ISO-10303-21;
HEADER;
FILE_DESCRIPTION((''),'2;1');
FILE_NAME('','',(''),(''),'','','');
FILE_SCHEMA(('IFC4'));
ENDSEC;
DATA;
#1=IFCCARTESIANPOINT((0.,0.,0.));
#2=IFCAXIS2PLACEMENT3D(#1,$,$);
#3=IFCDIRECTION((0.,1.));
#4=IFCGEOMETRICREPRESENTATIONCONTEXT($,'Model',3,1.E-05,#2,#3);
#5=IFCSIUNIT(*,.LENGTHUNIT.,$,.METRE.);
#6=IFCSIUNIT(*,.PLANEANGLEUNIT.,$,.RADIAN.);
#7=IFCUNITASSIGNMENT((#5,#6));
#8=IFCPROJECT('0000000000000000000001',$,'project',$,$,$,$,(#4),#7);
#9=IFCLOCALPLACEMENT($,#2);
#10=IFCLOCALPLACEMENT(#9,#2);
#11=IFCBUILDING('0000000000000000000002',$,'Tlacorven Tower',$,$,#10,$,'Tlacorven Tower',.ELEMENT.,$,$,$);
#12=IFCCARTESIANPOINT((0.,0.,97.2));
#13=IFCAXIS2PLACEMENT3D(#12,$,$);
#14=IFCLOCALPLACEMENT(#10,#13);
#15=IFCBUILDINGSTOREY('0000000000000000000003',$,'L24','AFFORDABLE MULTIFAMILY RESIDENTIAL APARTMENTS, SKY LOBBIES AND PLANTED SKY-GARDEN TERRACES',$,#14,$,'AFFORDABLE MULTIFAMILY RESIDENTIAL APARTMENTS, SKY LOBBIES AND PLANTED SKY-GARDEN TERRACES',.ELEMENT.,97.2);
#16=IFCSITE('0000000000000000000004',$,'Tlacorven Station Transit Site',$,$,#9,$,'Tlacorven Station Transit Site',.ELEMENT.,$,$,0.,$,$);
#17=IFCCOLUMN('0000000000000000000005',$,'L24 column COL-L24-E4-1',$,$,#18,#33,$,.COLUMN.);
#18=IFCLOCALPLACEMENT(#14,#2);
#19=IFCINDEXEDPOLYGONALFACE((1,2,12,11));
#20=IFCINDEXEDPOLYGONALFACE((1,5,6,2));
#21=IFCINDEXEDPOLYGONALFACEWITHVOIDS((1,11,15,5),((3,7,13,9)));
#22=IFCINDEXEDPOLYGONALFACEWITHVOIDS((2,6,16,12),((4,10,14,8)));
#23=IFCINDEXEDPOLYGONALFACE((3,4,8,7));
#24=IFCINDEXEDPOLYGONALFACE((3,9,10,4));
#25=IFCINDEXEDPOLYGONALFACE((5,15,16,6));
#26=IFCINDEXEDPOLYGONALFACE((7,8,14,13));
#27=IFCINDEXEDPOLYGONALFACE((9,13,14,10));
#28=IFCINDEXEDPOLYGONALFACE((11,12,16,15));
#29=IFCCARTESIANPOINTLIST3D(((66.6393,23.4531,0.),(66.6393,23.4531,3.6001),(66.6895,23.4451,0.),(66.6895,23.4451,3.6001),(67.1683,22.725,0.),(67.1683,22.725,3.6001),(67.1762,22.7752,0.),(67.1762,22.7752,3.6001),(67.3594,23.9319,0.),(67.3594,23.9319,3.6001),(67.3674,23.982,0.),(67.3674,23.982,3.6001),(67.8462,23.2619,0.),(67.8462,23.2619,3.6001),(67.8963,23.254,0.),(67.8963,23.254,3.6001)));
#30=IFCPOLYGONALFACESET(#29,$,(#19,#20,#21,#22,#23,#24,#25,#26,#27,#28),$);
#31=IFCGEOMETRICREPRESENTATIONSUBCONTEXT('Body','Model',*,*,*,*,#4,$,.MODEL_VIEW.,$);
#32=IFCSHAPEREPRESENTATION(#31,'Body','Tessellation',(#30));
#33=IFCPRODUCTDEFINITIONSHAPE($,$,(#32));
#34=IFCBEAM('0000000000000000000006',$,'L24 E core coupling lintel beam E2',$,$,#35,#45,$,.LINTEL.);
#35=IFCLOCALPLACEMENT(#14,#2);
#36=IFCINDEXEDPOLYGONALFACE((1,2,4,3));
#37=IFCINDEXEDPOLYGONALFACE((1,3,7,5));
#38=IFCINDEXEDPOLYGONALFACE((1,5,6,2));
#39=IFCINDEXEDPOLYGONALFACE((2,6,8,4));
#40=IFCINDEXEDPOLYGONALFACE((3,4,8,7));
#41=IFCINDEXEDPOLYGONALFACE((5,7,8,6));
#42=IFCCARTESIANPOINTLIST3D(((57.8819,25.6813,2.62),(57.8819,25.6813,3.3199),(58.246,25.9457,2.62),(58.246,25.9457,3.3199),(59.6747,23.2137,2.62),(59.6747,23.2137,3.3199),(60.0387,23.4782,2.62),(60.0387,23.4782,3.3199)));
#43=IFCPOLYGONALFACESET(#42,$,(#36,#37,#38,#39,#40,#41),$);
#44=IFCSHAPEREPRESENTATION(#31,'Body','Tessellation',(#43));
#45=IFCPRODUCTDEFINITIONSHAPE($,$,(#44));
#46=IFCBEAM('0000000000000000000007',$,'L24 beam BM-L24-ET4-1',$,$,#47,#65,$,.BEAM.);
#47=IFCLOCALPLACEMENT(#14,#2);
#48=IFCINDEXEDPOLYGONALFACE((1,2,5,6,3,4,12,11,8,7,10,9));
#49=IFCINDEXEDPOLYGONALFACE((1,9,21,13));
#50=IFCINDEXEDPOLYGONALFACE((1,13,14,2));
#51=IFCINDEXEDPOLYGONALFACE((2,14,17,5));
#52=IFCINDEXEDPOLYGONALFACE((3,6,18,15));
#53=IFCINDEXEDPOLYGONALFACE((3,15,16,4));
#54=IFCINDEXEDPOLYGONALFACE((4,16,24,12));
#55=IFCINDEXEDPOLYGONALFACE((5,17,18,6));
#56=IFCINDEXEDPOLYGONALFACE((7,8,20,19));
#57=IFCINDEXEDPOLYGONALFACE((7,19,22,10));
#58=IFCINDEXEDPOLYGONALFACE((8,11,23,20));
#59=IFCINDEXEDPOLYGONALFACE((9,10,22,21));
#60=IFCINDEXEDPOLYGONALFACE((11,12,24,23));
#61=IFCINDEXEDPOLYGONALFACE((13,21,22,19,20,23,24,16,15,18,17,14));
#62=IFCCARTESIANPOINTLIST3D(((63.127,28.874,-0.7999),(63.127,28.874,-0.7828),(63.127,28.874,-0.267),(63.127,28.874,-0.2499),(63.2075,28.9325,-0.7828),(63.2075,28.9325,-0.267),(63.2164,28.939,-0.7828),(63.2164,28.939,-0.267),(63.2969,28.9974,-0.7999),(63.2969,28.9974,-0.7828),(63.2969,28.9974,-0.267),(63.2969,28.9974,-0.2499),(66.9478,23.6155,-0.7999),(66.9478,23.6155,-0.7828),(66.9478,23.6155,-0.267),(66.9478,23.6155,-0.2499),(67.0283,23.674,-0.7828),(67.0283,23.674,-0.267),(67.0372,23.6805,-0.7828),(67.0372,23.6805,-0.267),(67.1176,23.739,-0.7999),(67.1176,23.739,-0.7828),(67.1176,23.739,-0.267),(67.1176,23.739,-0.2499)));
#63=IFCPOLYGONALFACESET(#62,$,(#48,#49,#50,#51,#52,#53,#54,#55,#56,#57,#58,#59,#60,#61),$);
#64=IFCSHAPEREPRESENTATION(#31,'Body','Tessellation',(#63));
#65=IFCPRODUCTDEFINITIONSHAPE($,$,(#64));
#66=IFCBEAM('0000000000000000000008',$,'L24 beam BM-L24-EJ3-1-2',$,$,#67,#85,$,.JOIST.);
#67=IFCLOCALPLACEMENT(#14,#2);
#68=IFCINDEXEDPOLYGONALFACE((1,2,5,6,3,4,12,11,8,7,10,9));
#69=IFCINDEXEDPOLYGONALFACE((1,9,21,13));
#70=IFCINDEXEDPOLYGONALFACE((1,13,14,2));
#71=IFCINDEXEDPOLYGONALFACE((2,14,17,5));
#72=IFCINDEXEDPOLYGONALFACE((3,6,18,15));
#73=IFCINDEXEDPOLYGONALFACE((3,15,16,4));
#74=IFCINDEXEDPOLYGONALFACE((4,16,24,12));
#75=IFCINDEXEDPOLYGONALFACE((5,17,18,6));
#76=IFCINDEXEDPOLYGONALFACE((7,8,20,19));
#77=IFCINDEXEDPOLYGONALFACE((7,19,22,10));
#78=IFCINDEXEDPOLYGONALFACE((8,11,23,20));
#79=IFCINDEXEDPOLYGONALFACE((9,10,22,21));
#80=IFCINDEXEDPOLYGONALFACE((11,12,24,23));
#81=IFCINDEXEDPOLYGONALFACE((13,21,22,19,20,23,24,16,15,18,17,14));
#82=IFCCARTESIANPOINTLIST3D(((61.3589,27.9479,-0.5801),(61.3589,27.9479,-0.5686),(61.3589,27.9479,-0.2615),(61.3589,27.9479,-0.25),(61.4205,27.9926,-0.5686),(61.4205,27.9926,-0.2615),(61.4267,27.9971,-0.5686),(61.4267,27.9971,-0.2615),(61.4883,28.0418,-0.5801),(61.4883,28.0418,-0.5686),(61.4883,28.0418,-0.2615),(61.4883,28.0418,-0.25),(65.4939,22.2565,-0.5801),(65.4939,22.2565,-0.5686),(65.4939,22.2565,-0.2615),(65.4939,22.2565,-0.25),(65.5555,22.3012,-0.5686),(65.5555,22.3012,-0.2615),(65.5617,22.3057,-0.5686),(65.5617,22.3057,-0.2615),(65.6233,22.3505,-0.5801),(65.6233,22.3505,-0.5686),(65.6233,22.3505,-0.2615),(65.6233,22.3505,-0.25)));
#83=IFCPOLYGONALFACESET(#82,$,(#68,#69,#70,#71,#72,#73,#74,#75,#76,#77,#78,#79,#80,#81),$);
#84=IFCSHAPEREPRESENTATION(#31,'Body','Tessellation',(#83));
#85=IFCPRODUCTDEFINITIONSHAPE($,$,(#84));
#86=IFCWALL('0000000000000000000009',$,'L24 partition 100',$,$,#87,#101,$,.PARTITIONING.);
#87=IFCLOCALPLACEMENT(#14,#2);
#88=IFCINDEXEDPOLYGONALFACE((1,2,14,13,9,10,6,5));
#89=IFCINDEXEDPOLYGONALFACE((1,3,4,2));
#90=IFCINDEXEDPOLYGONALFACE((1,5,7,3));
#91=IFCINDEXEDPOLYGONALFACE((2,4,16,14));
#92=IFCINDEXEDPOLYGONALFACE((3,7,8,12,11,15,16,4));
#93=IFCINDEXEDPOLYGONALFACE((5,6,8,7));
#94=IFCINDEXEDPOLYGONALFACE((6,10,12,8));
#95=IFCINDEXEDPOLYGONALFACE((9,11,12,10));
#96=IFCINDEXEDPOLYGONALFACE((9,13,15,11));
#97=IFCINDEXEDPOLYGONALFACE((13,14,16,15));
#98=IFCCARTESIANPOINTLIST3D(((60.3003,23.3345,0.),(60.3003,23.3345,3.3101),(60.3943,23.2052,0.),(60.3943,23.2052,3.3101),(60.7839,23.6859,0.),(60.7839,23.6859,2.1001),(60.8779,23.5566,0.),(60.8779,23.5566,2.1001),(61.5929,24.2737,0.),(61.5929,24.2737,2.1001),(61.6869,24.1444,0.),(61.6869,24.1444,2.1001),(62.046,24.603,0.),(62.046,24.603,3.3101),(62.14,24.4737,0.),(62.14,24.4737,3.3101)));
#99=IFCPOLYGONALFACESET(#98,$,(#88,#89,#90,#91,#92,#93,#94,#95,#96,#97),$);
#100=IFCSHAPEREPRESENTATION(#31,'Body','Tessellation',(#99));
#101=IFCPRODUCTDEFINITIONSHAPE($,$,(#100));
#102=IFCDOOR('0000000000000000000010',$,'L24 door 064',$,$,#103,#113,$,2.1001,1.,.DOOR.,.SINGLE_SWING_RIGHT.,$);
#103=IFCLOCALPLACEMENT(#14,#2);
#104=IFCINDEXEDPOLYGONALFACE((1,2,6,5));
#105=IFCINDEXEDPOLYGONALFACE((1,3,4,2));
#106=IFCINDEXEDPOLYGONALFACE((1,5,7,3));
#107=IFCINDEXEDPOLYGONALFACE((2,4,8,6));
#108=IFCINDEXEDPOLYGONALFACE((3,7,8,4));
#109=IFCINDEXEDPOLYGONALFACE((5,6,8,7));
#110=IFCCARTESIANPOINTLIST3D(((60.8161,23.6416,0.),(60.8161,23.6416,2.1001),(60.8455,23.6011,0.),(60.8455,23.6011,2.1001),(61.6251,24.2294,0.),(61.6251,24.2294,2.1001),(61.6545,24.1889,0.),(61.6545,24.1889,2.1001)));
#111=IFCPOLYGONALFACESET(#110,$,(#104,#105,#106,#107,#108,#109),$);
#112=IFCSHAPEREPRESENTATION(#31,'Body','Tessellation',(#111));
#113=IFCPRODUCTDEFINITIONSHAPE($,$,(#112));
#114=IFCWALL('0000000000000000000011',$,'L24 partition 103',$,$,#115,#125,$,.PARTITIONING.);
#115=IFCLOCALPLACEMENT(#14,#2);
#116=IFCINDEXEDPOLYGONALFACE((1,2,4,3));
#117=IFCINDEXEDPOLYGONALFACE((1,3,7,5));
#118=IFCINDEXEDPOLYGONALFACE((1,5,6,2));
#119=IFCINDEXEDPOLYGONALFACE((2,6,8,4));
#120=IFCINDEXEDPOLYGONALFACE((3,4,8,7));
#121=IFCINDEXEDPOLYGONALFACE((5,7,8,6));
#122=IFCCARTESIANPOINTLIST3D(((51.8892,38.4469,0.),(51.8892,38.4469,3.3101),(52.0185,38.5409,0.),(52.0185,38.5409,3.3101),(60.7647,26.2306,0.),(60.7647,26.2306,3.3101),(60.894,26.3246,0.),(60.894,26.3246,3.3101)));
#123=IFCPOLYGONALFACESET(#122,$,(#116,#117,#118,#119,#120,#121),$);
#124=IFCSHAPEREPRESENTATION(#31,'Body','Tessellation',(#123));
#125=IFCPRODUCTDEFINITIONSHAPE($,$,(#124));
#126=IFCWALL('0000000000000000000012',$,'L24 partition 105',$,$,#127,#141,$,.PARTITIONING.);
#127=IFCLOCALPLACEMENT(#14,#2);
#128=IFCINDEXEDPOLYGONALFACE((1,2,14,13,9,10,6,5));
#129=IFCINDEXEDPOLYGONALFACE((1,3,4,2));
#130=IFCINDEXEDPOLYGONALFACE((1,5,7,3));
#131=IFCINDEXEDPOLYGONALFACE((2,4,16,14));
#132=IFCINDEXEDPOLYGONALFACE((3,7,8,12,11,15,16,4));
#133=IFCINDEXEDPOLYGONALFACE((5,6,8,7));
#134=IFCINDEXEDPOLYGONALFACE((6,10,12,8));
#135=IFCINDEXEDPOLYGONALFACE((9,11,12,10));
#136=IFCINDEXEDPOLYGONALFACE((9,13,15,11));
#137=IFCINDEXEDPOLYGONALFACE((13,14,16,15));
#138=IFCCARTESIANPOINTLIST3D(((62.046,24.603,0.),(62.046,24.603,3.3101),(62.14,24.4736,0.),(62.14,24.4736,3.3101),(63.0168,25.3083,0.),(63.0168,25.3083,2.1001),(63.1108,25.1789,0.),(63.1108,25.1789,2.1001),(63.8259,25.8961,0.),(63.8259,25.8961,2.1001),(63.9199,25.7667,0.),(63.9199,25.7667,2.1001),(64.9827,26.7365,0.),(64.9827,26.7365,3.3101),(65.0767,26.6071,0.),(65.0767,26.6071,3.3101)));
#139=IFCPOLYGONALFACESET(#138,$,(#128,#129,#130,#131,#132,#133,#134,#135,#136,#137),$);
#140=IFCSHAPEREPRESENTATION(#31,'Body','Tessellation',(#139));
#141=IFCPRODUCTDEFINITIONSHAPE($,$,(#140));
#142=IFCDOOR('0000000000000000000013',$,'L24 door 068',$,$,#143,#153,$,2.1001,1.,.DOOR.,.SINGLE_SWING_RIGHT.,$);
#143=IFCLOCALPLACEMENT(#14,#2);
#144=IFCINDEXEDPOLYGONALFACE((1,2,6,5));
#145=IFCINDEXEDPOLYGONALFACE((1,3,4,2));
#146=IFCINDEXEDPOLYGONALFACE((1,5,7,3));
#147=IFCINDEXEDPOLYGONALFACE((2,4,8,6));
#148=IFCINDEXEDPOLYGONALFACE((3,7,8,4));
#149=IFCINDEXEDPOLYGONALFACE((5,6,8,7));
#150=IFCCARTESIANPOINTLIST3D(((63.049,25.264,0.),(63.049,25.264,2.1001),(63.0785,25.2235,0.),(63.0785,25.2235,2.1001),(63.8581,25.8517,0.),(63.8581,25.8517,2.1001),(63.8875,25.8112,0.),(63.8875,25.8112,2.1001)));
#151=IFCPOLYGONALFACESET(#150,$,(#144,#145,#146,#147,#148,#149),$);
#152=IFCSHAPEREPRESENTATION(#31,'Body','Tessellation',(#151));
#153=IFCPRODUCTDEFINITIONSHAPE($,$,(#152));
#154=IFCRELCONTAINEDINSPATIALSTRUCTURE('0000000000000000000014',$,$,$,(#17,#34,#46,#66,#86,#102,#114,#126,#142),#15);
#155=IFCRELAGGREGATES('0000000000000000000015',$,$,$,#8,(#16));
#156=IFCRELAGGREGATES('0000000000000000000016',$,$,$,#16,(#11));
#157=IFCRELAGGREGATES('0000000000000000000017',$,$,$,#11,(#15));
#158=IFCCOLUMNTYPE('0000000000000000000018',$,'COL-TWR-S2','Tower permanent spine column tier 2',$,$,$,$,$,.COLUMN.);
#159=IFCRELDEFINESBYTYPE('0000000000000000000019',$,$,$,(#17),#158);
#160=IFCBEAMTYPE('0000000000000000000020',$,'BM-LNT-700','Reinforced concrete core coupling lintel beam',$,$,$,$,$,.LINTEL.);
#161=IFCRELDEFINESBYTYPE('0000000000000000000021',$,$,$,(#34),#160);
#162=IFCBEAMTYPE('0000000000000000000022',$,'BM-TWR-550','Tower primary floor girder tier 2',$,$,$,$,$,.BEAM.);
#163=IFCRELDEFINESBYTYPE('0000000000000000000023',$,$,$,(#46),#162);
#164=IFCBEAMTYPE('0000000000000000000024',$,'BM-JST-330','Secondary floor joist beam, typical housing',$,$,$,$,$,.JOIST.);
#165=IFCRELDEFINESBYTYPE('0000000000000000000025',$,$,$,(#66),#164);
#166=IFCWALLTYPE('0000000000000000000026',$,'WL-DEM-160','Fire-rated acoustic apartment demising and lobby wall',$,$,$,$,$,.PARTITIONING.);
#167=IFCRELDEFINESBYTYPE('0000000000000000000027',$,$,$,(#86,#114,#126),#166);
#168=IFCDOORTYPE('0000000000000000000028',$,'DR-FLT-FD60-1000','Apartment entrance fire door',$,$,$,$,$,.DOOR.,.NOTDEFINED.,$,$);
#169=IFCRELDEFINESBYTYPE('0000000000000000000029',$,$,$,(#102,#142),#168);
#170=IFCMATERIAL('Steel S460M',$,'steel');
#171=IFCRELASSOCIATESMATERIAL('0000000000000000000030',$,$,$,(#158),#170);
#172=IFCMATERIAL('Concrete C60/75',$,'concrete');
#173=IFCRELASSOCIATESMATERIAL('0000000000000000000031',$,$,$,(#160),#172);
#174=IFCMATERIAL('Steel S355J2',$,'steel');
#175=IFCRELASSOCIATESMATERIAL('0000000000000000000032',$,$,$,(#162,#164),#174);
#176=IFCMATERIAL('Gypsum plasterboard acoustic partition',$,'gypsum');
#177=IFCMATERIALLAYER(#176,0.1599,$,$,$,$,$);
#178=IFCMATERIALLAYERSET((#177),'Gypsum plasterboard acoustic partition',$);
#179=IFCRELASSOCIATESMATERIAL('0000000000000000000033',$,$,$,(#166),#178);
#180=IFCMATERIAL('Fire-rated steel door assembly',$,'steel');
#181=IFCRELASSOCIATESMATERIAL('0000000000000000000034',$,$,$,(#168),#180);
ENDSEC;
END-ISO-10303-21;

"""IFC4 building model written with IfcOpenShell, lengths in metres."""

from ifc_helpers import new_model, si_unit, direction, frame, frame_2d, origin, origin_2d, place, context, subcontext, project, spatial, rectangle, hollow_rectangle, i_section, extrude, source, transform, mapped, material, layer, layer_set, material_profile, profile_set, type_object, element, fill, save


model = new_model("IFC4")

# Units and contexts
model_context = context("Model", 3, precision=1e-05, world=origin(), true_north=direction((0.0, 1.0)))
body_context = subcontext(model_context, "Body", "Model", "MODEL_VIEW")
ifc_project = project(units=[si_unit("LENGTHUNIT", "METRE"), si_unit("PLANEANGLEUNIT", "RADIAN")], contexts=[model_context])

# Site, building, storey
site_placement = place(None, origin())
site = spatial("IfcSite", under=ifc_project, at=site_placement, Name="Tlacorven Station Transit Site", LongName="Tlacorven Station Transit Site", CompositionType="ELEMENT", RefElevation=0.0)
building_placement = place(site_placement, origin())
building = spatial("IfcBuilding", under=site, at=building_placement, Name="Tlacorven Tower", LongName="Tlacorven Tower", CompositionType="ELEMENT")
storey_placement = place(building_placement, frame((0.0, 0.0, 97.2)))
storey = spatial("IfcBuildingStorey", under=building, at=storey_placement, Name="L24", Description="AFFORDABLE MULTIFAMILY RESIDENTIAL APARTMENTS, SKY LOBBIES AND PLANTED SKY-GARDEN TERRACES", LongName="AFFORDABLE MULTIFAMILY RESIDENTIAL APARTMENTS, SKY LOBBIES AND PLANTED SKY-GARDEN TERRACES", CompositionType="ELEMENT", Elevation=97.2)

# Column
ifc_material_1 = material(Name="Steel S460M", Category="steel")
ifc_material_profile_1 = material_profile(ifc_material_1, hollow_rectangle(XDim=0.8999, YDim=0.8999, WallThickness=0.0359, at=origin_2d()), Name="BOX 900X900X36")
ifc_profile_set_1 = profile_set([ifc_material_profile_1], Name="Steel S460M")
column_type = type_object("IfcColumnType", Name="COL-TWR-S2", Description="Tower permanent spine column tier 2", PredefinedType="COLUMN", material=ifc_profile_set_1)
shared_shape_1 = source(origin(), body_context, "Body", "SweptSolid", [
    extrude(hollow_rectangle(XDim=0.8999, YDim=0.8999, WallThickness=0.0359, at=origin_2d()), origin(), (0.0, 0.0, 1.0), 3.6001),
])
column_placement = place(storey_placement, frame((67.2678, 23.3535, 0.0), z_axis=(0.0, 0.0, 1.0), x_axis=(0.809017, 0.587785, 0.0)))
element("IfcColumn", 1, at=column_placement, inside=storey, type_object=column_type, Name="L24 column COL-L24-E4-1", PredefinedType="COLUMN", context=body_context, shape_type="MappedRepresentation", body=[
    mapped(shared_shape_1, transform((0.0, 0.0, 0.0), scale=1.0)),
])

# Beams
ifc_material_2 = material(Name="Concrete C60/75", Category="concrete")
ifc_material_profile_2 = material_profile(ifc_material_2, rectangle(XDim=0.45, YDim=0.7, at=origin_2d()), Name="RC 450X700")
ifc_profile_set_2 = profile_set([ifc_material_profile_2], Name="Concrete C60/75")
beam_type_1 = type_object("IfcBeamType", Name="BM-LNT-700", Description="Reinforced concrete core coupling lintel beam", PredefinedType="LINTEL", material=ifc_profile_set_2)
shared_shape_2 = source(origin(), body_context, "Body", "SweptSolid", [
    extrude(rectangle(XDim=0.45, YDim=0.7, at=origin_2d()), origin(), (0.0, 0.0, 1.0), 3.05),
])
beam_1_placement = place(storey_placement, frame((59.8567, 23.3459, 2.97), z_axis=(-0.587777, 0.809023, 0.0), x_axis=(-0.809023, -0.587777, 0.0)))
element("IfcBeam", 2, at=beam_1_placement, inside=storey, type_object=beam_type_1, Name="L24 E core coupling lintel beam E2", PredefinedType="LINTEL", context=body_context, shape_type="MappedRepresentation", body=[
    mapped(shared_shape_2, transform((0.0, 0.0, 0.0), scale=1.0)),
])
ifc_material_3 = material(Name="Steel S355J2", Category="steel")
ifc_material_profile_3 = material_profile(ifc_material_3, i_section(OverallWidth=0.21, OverallDepth=0.55, WebThickness=0.011, FlangeThickness=0.0171, at=origin_2d()), Name="IPE 550")
ifc_profile_set_3 = profile_set([ifc_material_profile_3], Name="Steel S355J2")
beam_type_2 = type_object("IfcBeamType", Name="BM-TWR-550", Description="Tower primary floor girder tier 2", PredefinedType="BEAM", material=ifc_profile_set_3)
shared_shape_3 = source(origin(), body_context, "Body", "SweptSolid", [
    extrude(i_section(OverallWidth=0.21, OverallDepth=0.55, WebThickness=0.011, FlangeThickness=0.0171, at=origin_2d()), origin(), (0.0, 0.0, 1.0), 6.5),
])
beam_2_placement = place(storey_placement, frame((67.0327, 23.6772, -0.5249), z_axis=(-0.58781, 0.808999, 0.0), x_axis=(-0.808999, -0.58781, 0.0)))
element("IfcBeam", 3, at=beam_2_placement, inside=storey, type_object=beam_type_2, Name="L24 beam BM-L24-ET4-1", PredefinedType="BEAM", context=body_context, shape_type="MappedRepresentation", body=[
    mapped(shared_shape_3, transform((0.0, 0.0, 0.0), scale=1.0)),
])
ifc_material_profile_4 = material_profile(ifc_material_3, i_section(OverallWidth=0.1599, OverallDepth=0.3301, WebThickness=0.0076, FlangeThickness=0.0115, at=origin_2d()), Name="IPE 330")
ifc_profile_set_4 = profile_set([ifc_material_profile_4], Name="Steel S355J2")
beam_type_3 = type_object("IfcBeamType", Name="BM-JST-330", Description="Secondary floor joist beam, typical housing", PredefinedType="JOIST", material=ifc_profile_set_4)
shared_shape_4 = source(origin(), body_context, "Body", "SweptSolid", [
    extrude(i_section(OverallWidth=0.1599, OverallDepth=0.3301, WebThickness=0.0076, FlangeThickness=0.0115, at=origin_2d()), origin(), (0.0, 0.0, 1.0), 7.0349),
])
beam_3_placement = place(storey_placement, frame((65.5586, 22.3035, -0.415), z_axis=(-0.587782, 0.80902, 0.0), x_axis=(-0.80902, -0.587782, 0.0)))
element("IfcBeam", 4, at=beam_3_placement, inside=storey, type_object=beam_type_3, Name="L24 beam BM-L24-EJ3-1-2", PredefinedType="JOIST", context=body_context, shape_type="MappedRepresentation", body=[
    mapped(shared_shape_4, transform((0.0, 0.0, 0.0), scale=1.0)),
])

# Wall, opening, door
ifc_material_4 = material(Name="Gypsum plasterboard acoustic partition", Category="gypsum")
ifc_layer_1 = layer(ifc_material_4, 0.1599)
ifc_layer_set_1 = layer_set([ifc_layer_1], Name="Gypsum plasterboard acoustic partition")
wall_type_1 = type_object("IfcWallType", Name="WL-DEM-160", Description="Fire-rated acoustic apartment demising and lobby wall", PredefinedType="PARTITIONING", material=ifc_layer_set_1)
wall_1_placement = place(storey_placement, frame((60.3472, 23.2698, 0.0), z_axis=(0.0, 0.0, 1.0), x_axis=(0.80899, 0.587822, 0.0)))
wall_1 = element("IfcWall", 5, at=wall_1_placement, inside=storey, type_object=wall_type_1, Name="L24 partition 100", PredefinedType="PARTITIONING", context=body_context, shape_type="SweptSolid", body=[
    extrude(rectangle(XDim=2.158, YDim=0.1599, at=frame_2d((1.0791, 0.0))), origin(), (0.0, 0.0, 1.0), 3.3101),
])
opening_1_placement = place(wall_1_placement, frame((0.5979, 0.0, 0.0)))
opening_1 = element("IfcOpeningElement", 6, at=opening_1_placement, cuts=wall_1, PredefinedType="OPENING", context=body_context, shape_type="SweptSolid", body=[
    extrude(rectangle(XDim=1.0, YDim=2.1001, at=frame_2d((0.5, 1.05))), frame((0.0, 0.0898, 0.0), z_axis=(0.0, -1.0, 0.0), x_axis=(1.0, 0.0, 0.0)), (0.0, 0.0, 1.0), 0.1799),
])
ifc_material_5 = material(Name="Fire-rated steel door assembly", Category="steel")
door_type_1 = type_object("IfcDoorType", Name="DR-FLT-FD60-1000", Description="Apartment entrance fire door", OperationType="NOTDEFINED", PredefinedType="DOOR", material=ifc_material_5)
shared_shape_5 = source(origin(), body_context, "Body", "SweptSolid", [
    extrude(rectangle(XDim=1.0, YDim=2.1001, at=frame_2d((0.5, 1.05))), frame((0.0, 0.0249, 0.0), z_axis=(0.0, -1.0, 0.0), x_axis=(1.0, 0.0, 0.0)), (0.0, 0.0, 1.0), 0.05),
])
door_1_placement = place(opening_1_placement, frame((1.0, 0.0, 0.0), z_axis=(0.0, 0.0, 1.0), x_axis=(-1.0, 0.0, 0.0)))
door_1 = element("IfcDoor", 7, at=door_1_placement, inside=storey, type_object=door_type_1, Name="L24 door 064", OperationType="SINGLE_SWING_RIGHT", OverallHeight=2.1001, OverallWidth=1.0, PredefinedType="DOOR", context=body_context, shape_type="MappedRepresentation", body=[
    mapped(shared_shape_5, transform((0.0, 0.0, 0.0), scale=1.0)),
])
fill(opening_1, door_1)

# Wall
wall_2_placement = place(storey_placement, frame((60.8293, 26.2776, 0.0), z_axis=(0.0, 0.0, 1.0), x_axis=(-0.587777, 0.809023, 0.0)))
element("IfcWall", 8, at=wall_2_placement, inside=storey, type_object=wall_type_1, Name="L24 partition 103", PredefinedType="PARTITIONING", context=body_context, shape_type="SweptSolid", body=[
    extrude(rectangle(XDim=15.1001, YDim=0.1599, at=frame_2d((7.55, 0.0))), origin(), (0.0, 0.0, 1.0), 3.3101),
])

# Wall, opening, door
wall_3_placement = place(storey_placement, frame((62.093, 24.5383, 0.0), z_axis=(0.0, 0.0, 1.0), x_axis=(0.809036, 0.58776, 0.0)))
wall_3 = element("IfcWall", 9, at=wall_3_placement, inside=storey, type_object=wall_type_1, Name="L24 partition 105", PredefinedType="PARTITIONING", context=body_context, shape_type="SweptSolid", body=[
    extrude(rectangle(XDim=3.6299, YDim=0.1599, at=frame_2d((1.8149, 0.0))), origin(), (0.0, 0.0, 1.0), 3.3101),
])
opening_2_placement = place(wall_3_placement, frame((1.2, 0.0, 0.0)))
opening_2 = element("IfcOpeningElement", 10, at=opening_2_placement, cuts=wall_3, PredefinedType="OPENING", context=body_context, shape_type="SweptSolid", body=[
    extrude(rectangle(XDim=1.0, YDim=2.1001, at=frame_2d((0.5, 1.05))), frame((0.0, 0.0898, 0.0), z_axis=(0.0, -1.0, 0.0), x_axis=(1.0, 0.0, 0.0)), (0.0, 0.0, 1.0), 0.1799),
])
door_2_placement = place(opening_2_placement, frame((1.0, 0.0, 0.0), z_axis=(0.0, 0.0, 1.0), x_axis=(-1.0, 0.0, 0.0)))
door_2 = element("IfcDoor", 11, at=door_2_placement, inside=storey, type_object=door_type_1, Name="L24 door 068", OperationType="SINGLE_SWING_RIGHT", OverallHeight=2.1001, OverallWidth=1.0, PredefinedType="DOOR", context=body_context, shape_type="MappedRepresentation", body=[
    mapped(shared_shape_5, transform((0.0, 0.0, 0.0), scale=1.0)),
])
fill(opening_2, door_2)

save(model, "model.ifc")
